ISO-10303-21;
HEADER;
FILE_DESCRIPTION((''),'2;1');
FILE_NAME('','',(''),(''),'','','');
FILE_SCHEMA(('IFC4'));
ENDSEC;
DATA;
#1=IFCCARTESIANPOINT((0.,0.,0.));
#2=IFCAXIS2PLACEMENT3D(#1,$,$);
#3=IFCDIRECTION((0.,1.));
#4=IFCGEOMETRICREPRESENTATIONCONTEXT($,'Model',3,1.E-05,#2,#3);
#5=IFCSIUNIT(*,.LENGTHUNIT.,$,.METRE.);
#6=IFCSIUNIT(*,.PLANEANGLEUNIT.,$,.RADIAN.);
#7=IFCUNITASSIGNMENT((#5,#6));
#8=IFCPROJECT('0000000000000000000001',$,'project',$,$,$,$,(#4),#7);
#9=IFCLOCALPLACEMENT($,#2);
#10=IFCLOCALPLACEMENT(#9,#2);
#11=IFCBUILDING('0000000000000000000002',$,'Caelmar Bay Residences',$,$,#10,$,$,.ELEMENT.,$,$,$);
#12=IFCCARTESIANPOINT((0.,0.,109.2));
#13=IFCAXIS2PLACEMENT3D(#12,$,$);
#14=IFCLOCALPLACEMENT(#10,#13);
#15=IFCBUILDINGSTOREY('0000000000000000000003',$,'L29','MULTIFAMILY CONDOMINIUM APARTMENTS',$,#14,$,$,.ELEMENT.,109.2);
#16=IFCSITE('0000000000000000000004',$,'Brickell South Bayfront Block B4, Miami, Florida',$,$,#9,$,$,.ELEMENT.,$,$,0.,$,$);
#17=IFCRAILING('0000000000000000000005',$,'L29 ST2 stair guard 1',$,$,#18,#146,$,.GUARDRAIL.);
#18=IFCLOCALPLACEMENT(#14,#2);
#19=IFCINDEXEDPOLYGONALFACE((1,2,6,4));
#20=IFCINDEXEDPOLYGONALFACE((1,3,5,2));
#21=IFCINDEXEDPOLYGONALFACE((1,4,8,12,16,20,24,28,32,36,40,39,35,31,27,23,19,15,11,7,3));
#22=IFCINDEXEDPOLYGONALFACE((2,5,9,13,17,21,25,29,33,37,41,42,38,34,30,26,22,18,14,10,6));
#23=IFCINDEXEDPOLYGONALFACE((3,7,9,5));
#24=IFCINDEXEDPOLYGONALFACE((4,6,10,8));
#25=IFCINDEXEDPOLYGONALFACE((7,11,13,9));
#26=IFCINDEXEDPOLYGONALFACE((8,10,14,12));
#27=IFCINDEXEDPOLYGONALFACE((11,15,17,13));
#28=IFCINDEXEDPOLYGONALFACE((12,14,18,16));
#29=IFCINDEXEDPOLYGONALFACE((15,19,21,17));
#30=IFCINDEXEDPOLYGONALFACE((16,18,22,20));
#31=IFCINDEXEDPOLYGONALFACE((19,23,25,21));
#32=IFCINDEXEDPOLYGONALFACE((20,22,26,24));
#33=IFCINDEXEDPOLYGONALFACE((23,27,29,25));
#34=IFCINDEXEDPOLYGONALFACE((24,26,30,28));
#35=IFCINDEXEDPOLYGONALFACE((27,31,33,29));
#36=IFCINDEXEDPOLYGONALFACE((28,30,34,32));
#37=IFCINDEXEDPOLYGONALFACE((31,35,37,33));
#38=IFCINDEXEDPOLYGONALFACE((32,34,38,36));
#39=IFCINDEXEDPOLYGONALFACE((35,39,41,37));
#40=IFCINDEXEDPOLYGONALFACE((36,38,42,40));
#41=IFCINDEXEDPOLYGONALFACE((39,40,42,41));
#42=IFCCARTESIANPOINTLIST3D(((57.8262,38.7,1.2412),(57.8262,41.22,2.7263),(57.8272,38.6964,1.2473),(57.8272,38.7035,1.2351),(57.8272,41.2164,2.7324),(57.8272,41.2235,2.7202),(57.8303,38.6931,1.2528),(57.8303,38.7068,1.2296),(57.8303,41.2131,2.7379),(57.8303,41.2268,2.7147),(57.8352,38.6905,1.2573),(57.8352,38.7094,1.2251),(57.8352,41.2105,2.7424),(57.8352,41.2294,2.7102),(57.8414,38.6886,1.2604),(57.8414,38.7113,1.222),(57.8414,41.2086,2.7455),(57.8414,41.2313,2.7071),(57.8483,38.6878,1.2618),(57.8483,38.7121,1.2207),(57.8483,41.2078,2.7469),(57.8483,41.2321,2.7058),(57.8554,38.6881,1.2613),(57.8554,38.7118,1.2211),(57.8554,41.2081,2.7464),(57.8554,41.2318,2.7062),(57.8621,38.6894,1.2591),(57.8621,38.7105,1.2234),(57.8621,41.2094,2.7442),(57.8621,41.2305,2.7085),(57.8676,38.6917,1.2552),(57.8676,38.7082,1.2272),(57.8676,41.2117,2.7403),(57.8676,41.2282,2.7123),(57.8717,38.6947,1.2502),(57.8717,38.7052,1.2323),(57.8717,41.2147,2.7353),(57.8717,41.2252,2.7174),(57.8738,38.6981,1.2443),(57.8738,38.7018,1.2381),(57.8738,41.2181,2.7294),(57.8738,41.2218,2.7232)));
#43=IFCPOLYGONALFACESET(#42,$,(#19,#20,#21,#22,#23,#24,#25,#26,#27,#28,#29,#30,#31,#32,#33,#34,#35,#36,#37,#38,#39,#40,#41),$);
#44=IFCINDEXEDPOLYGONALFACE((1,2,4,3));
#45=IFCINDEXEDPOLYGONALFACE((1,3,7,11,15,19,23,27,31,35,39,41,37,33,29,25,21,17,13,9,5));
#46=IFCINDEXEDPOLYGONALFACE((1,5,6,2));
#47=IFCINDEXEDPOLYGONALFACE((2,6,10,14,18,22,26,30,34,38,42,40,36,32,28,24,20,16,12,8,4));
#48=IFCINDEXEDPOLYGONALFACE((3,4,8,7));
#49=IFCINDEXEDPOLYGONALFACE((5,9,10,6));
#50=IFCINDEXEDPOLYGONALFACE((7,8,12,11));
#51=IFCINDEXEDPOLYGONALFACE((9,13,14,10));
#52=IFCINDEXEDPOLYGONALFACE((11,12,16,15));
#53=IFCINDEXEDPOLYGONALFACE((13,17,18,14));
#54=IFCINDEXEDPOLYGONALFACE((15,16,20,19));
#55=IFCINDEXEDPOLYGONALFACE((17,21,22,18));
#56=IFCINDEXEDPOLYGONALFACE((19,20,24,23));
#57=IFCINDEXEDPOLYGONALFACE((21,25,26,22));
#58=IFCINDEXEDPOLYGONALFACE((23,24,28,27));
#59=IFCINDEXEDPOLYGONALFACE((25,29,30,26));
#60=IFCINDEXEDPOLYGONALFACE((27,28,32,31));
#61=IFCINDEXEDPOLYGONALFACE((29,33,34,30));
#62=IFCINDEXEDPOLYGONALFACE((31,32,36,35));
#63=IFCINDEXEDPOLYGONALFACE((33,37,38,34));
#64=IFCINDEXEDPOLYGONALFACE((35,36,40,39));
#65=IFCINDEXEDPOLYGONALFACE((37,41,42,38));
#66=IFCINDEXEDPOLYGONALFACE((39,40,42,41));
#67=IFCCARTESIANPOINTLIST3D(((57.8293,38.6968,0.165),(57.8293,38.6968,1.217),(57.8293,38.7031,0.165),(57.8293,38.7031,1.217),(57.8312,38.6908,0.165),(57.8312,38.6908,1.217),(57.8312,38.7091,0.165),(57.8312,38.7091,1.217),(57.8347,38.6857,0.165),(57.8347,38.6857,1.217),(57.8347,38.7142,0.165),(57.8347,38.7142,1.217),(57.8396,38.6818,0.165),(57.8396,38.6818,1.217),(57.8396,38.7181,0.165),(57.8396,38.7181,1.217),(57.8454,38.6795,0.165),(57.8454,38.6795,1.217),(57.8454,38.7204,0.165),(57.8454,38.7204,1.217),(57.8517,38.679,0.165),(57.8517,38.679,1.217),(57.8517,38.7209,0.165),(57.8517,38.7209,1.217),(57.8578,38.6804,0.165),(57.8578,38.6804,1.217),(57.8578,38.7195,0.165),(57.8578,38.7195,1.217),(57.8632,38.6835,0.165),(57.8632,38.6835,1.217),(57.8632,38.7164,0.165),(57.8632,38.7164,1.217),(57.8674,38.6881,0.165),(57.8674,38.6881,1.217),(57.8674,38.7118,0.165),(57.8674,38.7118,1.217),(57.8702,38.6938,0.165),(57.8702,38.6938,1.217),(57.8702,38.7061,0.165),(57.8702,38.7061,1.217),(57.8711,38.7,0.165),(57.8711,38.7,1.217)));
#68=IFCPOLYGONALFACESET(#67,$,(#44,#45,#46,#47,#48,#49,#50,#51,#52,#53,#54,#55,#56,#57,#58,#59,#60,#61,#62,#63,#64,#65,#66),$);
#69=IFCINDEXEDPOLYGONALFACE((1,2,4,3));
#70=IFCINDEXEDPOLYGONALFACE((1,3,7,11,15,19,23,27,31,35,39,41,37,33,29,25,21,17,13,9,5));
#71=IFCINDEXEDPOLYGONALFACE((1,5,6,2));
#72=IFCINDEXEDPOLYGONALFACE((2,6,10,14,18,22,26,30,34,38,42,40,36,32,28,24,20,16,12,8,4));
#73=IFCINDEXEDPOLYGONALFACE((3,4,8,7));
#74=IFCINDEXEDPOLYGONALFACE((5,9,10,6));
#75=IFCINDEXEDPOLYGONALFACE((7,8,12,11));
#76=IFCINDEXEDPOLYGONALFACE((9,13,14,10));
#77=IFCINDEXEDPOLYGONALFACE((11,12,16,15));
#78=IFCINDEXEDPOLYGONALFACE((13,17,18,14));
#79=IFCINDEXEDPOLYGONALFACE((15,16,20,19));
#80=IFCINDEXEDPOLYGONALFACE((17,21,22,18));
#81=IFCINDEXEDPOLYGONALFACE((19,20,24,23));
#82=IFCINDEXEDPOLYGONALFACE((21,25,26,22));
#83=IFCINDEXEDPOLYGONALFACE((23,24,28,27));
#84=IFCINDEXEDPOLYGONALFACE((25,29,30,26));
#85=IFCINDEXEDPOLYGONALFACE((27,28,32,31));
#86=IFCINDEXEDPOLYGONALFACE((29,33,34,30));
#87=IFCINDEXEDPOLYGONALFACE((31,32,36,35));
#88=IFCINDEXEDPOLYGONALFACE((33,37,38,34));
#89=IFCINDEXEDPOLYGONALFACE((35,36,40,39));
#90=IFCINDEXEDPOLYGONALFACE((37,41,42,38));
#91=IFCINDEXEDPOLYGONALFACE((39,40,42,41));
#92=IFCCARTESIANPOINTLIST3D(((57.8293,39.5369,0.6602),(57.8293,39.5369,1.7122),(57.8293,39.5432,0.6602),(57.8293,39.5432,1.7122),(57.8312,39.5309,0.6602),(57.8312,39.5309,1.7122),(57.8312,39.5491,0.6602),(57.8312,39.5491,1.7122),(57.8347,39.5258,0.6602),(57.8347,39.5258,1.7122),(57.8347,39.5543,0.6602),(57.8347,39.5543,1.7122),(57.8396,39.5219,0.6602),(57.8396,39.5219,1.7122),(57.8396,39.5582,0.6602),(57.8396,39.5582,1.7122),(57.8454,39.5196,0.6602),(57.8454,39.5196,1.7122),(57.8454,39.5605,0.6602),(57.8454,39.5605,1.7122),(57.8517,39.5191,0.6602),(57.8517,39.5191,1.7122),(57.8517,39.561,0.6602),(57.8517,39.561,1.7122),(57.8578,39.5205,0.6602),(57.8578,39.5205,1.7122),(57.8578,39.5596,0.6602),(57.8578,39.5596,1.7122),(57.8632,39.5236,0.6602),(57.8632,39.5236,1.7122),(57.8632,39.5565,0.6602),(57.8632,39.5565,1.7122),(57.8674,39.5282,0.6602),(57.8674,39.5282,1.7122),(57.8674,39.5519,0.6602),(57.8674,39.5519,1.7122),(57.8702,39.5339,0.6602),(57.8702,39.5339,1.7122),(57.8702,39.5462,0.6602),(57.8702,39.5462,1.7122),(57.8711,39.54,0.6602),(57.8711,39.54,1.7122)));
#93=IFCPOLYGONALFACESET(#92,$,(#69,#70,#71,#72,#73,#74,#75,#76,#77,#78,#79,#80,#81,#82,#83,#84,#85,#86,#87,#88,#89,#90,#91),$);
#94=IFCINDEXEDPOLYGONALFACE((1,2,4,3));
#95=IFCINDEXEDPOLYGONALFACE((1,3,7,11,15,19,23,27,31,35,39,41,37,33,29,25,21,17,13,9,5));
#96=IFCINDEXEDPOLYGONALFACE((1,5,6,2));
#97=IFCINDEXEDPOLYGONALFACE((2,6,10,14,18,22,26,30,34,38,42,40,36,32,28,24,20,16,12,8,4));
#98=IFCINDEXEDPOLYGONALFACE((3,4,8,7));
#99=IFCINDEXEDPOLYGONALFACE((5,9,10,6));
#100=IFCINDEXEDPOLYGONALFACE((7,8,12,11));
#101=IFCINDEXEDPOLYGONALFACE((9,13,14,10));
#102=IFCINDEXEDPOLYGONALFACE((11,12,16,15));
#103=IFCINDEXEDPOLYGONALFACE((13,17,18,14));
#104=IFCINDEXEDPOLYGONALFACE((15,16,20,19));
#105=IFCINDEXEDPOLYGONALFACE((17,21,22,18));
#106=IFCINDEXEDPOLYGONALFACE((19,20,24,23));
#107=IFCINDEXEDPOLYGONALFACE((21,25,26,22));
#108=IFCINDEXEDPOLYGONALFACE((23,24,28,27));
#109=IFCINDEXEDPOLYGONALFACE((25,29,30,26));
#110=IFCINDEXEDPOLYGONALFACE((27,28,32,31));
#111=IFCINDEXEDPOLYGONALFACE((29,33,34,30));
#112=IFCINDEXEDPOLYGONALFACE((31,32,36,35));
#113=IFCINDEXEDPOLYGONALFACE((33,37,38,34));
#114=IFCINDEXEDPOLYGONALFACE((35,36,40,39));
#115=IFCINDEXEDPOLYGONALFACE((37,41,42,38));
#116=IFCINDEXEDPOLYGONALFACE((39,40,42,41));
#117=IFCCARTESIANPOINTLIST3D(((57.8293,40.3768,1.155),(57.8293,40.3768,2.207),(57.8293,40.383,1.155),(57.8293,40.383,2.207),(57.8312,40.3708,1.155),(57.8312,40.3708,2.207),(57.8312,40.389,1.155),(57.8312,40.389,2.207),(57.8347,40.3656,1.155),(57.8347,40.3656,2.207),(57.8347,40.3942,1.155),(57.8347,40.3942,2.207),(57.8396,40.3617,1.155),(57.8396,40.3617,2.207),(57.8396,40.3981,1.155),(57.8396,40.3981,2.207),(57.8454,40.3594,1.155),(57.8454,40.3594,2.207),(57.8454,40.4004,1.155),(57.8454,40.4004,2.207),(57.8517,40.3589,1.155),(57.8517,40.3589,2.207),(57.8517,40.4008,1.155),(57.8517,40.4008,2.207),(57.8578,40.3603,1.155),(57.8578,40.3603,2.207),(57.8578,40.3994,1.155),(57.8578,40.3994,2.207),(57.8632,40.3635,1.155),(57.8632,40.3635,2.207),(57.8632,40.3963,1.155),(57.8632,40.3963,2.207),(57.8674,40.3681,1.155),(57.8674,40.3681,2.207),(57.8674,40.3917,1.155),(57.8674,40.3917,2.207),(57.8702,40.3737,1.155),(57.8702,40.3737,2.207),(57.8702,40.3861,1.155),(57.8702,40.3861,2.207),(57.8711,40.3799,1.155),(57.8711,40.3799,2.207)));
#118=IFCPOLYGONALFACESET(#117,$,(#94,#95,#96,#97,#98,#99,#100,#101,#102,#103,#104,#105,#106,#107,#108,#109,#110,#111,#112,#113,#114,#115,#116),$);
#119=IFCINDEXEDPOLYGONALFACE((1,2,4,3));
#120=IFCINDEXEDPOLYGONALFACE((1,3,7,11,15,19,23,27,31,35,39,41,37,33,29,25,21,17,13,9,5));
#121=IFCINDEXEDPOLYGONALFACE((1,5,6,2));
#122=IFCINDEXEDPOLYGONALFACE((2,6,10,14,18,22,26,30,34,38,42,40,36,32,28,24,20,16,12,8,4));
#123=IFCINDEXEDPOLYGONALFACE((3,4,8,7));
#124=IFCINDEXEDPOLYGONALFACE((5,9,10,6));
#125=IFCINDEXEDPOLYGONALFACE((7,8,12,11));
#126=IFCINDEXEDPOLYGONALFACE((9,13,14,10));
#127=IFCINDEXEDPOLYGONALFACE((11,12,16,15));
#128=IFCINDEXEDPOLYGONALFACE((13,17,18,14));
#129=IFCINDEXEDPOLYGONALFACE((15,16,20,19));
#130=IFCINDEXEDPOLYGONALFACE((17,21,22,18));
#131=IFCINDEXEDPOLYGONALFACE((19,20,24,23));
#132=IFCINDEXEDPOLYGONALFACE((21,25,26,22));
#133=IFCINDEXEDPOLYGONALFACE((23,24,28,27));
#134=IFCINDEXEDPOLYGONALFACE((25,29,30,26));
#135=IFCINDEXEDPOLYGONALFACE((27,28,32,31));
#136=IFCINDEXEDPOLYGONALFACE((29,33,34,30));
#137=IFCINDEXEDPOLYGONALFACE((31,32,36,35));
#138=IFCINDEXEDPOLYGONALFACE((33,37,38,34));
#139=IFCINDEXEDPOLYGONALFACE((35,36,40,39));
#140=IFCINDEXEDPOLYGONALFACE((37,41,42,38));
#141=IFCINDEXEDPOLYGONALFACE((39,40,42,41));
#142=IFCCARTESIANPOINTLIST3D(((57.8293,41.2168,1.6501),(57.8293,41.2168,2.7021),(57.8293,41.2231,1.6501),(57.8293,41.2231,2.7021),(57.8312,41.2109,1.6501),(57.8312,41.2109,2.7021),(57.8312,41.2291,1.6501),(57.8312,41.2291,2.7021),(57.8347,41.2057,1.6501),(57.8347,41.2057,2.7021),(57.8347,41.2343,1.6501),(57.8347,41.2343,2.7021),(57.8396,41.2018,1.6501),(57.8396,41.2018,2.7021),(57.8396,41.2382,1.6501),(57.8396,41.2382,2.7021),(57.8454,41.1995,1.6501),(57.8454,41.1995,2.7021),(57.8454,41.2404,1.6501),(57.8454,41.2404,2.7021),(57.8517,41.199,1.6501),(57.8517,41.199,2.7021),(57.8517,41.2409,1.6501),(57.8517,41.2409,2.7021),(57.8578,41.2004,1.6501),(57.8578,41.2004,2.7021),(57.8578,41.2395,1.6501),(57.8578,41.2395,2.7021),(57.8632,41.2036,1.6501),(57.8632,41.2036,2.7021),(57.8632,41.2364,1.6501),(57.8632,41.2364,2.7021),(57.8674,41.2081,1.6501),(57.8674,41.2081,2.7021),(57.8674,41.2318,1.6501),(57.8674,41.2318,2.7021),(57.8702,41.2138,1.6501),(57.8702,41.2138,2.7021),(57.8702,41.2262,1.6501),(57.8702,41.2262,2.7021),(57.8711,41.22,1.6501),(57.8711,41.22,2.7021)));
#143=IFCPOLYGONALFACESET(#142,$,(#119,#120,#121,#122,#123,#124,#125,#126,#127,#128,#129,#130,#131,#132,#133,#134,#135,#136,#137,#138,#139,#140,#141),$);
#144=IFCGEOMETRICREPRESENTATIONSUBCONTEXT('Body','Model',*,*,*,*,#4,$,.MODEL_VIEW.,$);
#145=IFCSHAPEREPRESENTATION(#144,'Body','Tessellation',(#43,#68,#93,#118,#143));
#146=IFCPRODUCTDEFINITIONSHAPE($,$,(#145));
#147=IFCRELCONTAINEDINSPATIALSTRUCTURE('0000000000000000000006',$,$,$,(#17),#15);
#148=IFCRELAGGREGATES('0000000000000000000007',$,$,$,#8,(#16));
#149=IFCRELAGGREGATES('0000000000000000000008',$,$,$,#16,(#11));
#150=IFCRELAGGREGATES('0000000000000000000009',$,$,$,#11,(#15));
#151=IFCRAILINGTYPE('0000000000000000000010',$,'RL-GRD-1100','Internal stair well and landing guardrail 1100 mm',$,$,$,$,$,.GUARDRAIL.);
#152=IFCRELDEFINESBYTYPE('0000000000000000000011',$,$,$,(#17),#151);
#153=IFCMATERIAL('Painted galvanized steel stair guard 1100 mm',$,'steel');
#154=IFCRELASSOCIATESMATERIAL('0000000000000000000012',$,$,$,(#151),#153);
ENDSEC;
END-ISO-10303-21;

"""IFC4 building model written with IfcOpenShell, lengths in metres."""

from ifc_helpers import new_model, si_unit, direction, frame, origin, origin_2d, place, context, subcontext, project, spatial, circle, extrude, material, type_object, element, save


model = new_model("IFC4")

# Units and contexts
model_context = context("Model", 3, precision=1e-05, world=origin(), true_north=direction((0.0, 1.0)))
body_context = subcontext(model_context, "Body", "Model", "MODEL_VIEW")
ifc_project = project(units=[si_unit("LENGTHUNIT", "METRE"), si_unit("PLANEANGLEUNIT", "RADIAN")], contexts=[model_context])

# Site, building, storey
site_placement = place(None, origin())
site = spatial("IfcSite", under=ifc_project, at=site_placement, Name="Brickell South Bayfront Block B4, Miami, Florida", CompositionType="ELEMENT", RefElevation=0.0)
building_placement = place(site_placement, origin())
building = spatial("IfcBuilding", under=site, at=building_placement, Name="Caelmar Bay Residences", CompositionType="ELEMENT")
storey_placement = place(building_placement, frame((0.0, 0.0, 109.2)))
storey = spatial("IfcBuildingStorey", under=building, at=storey_placement, Name="L29", Description="MULTIFAMILY CONDOMINIUM APARTMENTS", CompositionType="ELEMENT", Elevation=109.2)

# Railing
ifc_material_1 = material(Name="Painted galvanized steel stair guard 1100 mm", Category="steel")
railing_type_1 = type_object("IfcRailingType", Name="RL-GRD-1100", Description="Internal stair well and landing guardrail 1100 mm", PredefinedType="GUARDRAIL", material=ifc_material_1)
railing_1_placement = place(storey_placement, frame((57.8501, 38.7, 0.165)))
element("IfcRailing", 1, at=railing_1_placement, inside=storey, type_object=railing_type_1, Name="L29 ST2 stair guard 1", PredefinedType="GUARDRAIL", context=body_context, shape_type="SweptSolid", body=[
    extrude(circle(Radius=0.0239, at=origin_2d()), frame((0.0, 0.0, 1.0762), z_axis=(0.0, 0.861524, 0.507717), x_axis=(-1.0, 0.0, 0.0)), (0.0, 0.0, 1.0), 2.925),
    extrude(circle(Radius=0.021, at=origin_2d()), origin(), (0.0, 0.0, 1.0), 1.052),
    extrude(circle(Radius=0.021, at=origin_2d()), frame((0.0, 0.8401, 0.4951)), (0.0, 0.0, 1.0), 1.052),
    extrude(circle(Radius=0.021, at=origin_2d()), frame((0.0, 1.6799, 0.99)), (0.0, 0.0, 1.0), 1.052),
    extrude(circle(Radius=0.021, at=origin_2d()), frame((0.0, 2.52, 1.4851)), (0.0, 0.0, 1.0), 1.052),
])

save(model, "model.ifc")
